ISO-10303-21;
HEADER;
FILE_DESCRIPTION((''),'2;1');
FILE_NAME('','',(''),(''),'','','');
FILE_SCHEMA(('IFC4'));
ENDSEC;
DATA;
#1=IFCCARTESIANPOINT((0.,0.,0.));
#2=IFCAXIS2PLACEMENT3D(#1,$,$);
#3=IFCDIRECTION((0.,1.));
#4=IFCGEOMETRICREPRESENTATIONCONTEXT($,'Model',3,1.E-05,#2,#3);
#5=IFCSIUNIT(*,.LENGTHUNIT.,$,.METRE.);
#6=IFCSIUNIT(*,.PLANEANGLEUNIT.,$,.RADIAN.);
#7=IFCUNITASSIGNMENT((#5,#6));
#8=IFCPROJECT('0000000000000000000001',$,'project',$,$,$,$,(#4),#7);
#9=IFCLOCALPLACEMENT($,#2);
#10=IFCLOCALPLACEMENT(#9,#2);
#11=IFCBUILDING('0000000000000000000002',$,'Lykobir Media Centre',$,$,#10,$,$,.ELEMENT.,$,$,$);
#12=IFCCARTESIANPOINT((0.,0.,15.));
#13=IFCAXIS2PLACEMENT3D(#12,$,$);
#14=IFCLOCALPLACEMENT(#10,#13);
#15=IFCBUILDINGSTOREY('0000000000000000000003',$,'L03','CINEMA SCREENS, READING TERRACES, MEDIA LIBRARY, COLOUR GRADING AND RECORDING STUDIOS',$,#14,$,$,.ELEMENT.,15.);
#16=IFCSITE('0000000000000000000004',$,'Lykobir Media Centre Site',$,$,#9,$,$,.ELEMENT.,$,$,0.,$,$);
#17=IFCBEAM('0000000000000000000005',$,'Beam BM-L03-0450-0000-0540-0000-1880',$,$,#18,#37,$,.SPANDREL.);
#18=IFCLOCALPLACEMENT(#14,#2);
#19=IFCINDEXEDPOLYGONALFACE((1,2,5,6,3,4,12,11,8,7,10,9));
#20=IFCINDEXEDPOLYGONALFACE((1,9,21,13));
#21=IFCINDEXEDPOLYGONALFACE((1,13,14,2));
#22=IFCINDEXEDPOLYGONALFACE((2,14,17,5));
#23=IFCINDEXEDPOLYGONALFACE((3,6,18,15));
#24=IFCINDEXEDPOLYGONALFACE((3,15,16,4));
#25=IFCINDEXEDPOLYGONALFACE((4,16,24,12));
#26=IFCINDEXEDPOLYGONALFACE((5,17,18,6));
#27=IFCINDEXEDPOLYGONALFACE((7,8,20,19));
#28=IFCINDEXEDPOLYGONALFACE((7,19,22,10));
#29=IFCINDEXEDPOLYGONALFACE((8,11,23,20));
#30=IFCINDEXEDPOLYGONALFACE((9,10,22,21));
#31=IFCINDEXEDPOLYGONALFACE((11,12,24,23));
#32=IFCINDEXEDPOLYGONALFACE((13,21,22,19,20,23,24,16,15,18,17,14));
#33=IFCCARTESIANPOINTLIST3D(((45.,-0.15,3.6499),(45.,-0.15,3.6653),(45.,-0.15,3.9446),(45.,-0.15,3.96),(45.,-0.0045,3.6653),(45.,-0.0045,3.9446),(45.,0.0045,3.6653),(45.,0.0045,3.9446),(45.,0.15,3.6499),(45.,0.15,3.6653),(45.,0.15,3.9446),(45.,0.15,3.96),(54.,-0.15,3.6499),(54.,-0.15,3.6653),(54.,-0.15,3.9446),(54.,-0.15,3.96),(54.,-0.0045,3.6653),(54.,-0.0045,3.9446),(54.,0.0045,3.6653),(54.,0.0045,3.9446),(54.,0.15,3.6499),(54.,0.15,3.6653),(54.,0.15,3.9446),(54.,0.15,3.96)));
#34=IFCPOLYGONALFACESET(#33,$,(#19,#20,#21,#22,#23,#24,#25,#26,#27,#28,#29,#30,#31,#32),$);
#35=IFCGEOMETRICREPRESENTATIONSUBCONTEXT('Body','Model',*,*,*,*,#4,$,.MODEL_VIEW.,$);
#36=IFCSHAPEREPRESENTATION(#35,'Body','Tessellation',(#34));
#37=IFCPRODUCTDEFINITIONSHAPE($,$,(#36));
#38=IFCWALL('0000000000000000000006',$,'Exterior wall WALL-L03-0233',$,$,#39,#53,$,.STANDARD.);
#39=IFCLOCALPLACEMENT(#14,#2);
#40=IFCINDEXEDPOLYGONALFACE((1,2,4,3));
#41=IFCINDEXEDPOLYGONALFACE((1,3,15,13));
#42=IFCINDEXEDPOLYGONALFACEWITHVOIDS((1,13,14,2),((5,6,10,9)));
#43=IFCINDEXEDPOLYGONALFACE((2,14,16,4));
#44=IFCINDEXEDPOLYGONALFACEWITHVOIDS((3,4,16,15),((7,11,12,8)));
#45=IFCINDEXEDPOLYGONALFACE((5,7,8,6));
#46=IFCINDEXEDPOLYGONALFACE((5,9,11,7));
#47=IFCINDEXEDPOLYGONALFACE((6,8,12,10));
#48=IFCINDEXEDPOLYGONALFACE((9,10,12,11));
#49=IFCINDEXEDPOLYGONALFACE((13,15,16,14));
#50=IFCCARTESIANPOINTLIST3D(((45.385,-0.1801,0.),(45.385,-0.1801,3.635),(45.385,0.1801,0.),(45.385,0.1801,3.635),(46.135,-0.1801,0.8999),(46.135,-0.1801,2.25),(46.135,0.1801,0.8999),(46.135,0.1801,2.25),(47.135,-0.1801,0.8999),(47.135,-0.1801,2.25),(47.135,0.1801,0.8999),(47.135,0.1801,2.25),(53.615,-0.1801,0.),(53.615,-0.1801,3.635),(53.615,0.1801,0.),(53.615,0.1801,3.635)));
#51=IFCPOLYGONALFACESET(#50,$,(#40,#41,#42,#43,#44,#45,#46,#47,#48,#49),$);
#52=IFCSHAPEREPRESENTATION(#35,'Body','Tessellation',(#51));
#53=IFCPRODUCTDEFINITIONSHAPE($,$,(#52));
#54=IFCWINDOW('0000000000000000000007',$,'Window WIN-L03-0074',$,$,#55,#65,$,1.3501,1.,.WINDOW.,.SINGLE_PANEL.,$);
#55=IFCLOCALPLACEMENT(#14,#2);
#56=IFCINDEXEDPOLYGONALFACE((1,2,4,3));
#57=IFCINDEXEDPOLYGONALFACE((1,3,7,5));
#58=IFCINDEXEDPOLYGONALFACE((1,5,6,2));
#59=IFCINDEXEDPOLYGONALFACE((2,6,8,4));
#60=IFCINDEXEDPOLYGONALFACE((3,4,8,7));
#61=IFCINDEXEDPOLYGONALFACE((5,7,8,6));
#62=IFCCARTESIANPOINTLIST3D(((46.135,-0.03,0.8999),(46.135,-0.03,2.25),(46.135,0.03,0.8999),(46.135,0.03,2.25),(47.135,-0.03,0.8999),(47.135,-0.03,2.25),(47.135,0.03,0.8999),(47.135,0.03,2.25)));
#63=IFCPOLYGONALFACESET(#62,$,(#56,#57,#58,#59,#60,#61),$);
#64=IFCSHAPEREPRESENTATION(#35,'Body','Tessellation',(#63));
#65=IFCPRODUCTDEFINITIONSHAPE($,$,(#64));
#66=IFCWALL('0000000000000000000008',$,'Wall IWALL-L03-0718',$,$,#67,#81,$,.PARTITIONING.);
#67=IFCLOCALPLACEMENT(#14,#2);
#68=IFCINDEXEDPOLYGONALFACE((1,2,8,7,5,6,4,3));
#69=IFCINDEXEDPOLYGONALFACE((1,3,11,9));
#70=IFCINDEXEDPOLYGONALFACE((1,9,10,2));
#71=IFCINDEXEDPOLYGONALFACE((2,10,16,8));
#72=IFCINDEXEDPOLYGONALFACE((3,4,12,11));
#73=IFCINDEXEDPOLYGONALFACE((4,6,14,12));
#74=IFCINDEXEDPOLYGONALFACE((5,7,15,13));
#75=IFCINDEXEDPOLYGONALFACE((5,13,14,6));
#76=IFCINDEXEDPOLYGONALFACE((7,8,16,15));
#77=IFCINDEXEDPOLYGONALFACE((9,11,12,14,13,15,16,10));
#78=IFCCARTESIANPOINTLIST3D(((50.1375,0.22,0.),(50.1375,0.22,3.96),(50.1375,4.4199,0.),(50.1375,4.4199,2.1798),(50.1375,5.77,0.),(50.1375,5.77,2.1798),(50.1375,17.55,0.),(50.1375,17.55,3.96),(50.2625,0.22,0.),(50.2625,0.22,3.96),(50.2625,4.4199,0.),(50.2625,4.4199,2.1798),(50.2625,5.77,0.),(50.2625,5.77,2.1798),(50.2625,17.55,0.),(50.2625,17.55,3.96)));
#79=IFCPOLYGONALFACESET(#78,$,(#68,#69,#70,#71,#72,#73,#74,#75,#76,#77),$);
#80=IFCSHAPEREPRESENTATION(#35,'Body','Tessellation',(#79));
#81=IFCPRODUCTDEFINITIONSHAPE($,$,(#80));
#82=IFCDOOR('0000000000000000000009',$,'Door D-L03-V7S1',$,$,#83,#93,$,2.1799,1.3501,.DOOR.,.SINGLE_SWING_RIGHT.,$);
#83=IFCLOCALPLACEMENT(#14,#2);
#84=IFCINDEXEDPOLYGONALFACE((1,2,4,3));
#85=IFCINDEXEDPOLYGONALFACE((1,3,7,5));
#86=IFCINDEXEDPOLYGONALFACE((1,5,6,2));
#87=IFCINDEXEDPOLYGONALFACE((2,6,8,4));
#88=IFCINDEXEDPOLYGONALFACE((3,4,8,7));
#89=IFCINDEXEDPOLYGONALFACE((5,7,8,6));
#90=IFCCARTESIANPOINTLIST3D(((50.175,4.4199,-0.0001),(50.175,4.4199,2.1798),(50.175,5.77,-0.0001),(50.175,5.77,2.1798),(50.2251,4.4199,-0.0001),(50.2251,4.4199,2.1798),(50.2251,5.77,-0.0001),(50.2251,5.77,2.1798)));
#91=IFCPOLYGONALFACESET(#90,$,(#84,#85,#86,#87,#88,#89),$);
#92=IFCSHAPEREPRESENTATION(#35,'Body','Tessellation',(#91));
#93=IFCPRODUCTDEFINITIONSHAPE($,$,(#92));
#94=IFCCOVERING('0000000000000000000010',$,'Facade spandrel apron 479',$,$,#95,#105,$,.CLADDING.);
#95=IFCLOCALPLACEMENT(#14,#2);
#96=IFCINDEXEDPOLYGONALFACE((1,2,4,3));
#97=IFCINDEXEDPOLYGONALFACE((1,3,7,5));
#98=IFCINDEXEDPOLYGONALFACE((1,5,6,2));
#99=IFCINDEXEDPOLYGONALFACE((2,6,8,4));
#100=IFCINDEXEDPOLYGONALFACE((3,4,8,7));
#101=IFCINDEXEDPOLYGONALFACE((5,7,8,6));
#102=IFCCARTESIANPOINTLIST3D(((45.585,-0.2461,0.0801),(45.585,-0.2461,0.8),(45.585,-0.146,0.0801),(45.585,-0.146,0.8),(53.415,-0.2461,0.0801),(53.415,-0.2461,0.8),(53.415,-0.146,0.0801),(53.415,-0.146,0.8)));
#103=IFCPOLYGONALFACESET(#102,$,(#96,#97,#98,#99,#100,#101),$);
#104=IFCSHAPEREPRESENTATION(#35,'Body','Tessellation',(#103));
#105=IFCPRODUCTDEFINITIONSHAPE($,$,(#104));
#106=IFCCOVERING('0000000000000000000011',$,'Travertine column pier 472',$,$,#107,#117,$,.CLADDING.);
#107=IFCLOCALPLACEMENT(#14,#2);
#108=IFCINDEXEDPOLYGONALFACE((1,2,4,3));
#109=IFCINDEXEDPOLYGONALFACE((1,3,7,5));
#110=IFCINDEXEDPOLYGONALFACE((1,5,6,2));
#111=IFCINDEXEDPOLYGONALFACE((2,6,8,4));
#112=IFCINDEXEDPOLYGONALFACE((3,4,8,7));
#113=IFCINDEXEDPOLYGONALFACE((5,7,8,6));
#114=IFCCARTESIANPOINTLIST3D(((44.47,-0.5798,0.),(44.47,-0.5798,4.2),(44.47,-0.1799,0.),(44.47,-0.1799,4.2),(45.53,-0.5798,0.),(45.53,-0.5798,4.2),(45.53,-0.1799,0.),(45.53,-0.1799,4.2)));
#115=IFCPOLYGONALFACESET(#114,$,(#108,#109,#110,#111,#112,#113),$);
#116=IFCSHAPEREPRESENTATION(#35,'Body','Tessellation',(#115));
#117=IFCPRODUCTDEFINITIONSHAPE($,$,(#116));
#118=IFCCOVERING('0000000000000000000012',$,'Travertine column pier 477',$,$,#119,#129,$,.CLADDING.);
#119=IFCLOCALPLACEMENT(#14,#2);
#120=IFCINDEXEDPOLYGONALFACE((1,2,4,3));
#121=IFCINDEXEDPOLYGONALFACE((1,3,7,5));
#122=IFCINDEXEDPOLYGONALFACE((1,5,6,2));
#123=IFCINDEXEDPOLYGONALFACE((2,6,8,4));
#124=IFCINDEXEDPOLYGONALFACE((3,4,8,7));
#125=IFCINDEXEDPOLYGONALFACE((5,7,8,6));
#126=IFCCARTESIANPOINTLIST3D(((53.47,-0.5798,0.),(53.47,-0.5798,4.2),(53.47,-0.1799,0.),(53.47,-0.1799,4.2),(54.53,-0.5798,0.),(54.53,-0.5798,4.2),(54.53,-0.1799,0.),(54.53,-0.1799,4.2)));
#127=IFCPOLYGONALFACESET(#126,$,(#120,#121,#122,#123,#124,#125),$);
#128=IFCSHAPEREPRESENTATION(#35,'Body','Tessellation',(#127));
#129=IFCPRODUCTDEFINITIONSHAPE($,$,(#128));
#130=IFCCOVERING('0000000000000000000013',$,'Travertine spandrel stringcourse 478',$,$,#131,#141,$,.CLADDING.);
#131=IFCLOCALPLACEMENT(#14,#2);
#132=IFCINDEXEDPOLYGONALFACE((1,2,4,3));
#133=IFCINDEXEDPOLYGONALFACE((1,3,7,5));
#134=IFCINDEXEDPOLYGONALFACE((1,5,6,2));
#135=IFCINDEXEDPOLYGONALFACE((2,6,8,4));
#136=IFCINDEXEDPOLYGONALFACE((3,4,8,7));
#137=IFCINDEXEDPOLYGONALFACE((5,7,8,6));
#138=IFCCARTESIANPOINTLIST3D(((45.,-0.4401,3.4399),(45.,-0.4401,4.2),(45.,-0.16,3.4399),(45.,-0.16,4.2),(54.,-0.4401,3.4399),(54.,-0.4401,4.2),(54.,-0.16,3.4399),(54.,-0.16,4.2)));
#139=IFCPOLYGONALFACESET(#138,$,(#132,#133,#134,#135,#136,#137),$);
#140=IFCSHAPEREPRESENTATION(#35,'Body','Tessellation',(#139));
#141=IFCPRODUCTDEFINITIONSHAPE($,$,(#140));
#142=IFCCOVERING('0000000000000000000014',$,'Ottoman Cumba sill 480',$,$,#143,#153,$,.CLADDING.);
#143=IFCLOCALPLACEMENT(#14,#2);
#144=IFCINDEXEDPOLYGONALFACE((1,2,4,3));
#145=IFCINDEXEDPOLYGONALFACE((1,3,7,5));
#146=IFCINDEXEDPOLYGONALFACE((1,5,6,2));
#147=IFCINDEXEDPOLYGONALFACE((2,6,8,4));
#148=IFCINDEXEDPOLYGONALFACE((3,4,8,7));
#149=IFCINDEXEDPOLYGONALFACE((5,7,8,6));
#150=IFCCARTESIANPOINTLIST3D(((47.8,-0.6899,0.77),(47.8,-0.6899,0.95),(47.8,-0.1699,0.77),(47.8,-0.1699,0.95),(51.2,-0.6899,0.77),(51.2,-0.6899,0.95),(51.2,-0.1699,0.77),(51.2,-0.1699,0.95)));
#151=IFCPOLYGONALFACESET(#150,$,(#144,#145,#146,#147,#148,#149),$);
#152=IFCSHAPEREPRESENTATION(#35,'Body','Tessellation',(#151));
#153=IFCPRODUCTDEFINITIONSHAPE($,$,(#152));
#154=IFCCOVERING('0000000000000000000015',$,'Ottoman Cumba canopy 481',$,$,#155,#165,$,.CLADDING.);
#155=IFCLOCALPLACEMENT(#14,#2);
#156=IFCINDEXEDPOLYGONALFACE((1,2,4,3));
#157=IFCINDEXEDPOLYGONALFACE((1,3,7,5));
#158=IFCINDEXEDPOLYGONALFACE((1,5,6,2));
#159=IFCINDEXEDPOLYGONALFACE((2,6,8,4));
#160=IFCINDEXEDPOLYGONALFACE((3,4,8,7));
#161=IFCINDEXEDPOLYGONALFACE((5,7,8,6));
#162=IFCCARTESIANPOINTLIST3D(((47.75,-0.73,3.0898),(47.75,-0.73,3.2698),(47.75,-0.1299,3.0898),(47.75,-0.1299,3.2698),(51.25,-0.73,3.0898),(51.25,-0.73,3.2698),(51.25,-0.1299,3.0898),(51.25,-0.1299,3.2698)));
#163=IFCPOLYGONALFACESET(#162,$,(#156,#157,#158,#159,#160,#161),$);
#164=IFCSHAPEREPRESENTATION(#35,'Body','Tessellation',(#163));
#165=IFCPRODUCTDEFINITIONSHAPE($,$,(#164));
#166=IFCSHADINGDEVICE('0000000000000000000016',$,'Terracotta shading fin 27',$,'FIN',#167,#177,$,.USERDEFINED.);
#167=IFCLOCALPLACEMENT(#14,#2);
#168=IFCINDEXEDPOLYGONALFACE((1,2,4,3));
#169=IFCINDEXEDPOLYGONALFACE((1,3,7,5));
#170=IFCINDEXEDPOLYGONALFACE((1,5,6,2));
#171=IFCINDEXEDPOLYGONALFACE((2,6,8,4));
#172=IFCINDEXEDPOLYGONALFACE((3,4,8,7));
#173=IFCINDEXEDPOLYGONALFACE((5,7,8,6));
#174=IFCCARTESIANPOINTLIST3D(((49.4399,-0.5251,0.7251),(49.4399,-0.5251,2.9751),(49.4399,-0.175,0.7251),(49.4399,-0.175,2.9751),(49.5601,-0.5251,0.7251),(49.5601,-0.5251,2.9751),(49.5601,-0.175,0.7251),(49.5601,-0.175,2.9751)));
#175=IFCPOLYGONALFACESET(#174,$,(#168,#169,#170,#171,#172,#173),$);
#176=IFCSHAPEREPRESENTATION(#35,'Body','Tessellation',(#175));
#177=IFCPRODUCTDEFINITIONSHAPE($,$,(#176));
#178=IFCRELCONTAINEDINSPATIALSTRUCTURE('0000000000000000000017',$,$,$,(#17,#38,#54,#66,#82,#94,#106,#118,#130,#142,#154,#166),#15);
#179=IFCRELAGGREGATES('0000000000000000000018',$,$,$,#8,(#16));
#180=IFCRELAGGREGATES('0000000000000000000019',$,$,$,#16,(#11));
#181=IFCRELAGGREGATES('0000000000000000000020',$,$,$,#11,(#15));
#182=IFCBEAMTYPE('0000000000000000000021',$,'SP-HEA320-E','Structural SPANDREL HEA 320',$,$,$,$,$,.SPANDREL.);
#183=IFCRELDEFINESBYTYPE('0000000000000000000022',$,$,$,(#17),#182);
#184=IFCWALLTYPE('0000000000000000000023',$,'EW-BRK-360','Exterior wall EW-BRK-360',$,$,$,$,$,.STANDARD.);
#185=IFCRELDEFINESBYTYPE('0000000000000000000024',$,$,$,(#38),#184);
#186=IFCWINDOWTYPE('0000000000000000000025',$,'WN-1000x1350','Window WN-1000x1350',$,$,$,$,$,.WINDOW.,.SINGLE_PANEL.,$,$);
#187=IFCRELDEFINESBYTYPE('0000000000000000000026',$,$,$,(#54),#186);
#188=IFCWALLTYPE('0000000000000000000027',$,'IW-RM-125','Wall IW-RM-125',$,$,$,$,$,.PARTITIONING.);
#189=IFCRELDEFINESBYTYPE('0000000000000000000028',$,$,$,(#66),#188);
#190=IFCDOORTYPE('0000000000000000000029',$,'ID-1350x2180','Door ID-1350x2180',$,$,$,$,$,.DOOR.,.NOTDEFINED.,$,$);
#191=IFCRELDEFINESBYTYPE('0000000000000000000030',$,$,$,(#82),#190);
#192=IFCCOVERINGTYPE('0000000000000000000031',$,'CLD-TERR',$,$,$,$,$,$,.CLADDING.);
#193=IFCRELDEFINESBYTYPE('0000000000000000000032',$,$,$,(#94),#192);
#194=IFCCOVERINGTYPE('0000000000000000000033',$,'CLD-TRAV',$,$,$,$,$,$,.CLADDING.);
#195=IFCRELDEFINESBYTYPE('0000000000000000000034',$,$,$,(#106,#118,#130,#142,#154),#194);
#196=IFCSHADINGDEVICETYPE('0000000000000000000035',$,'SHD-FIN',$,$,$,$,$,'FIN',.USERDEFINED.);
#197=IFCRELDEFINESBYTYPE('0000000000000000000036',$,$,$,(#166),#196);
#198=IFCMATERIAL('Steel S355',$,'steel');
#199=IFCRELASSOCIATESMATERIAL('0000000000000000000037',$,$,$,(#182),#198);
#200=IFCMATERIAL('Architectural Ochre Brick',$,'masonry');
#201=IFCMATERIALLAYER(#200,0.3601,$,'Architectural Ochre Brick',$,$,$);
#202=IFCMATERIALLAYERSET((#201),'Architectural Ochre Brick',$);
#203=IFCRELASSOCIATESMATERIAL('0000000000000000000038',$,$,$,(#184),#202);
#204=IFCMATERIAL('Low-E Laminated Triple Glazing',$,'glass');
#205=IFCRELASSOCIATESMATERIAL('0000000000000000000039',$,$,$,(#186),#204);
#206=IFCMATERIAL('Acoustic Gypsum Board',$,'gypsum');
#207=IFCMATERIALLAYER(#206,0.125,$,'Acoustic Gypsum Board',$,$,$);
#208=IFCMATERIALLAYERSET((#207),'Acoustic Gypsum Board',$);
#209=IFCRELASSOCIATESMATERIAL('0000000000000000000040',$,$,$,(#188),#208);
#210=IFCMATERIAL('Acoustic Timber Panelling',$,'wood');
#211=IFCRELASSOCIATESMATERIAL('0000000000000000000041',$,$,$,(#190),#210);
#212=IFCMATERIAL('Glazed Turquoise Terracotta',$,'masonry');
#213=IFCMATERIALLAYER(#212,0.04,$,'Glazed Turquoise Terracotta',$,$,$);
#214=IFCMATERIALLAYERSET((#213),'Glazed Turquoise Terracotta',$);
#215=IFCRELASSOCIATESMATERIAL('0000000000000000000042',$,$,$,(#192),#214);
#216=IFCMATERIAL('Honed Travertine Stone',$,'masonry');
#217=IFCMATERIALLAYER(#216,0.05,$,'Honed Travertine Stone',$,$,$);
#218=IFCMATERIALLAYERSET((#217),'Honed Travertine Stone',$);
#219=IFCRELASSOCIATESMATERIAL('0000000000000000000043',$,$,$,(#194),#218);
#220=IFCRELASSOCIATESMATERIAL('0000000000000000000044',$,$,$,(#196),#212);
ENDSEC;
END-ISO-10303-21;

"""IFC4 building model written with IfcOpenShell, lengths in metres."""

from ifc_helpers import new_model, si_unit, direction, frame, frame_2d, origin, origin_2d, place, context, subcontext, project, spatial, rectangle, i_section, extrude, material, layer, layer_set, material_profile, profile_set, type_object, element, fill, save


model = new_model("IFC4")

# Units and contexts
model_context = context("Model", 3, precision=1e-05, world=origin(), true_north=direction((0.0, 1.0)))
body_context = subcontext(model_context, "Body", "Model", "MODEL_VIEW")
ifc_project = project(units=[si_unit("LENGTHUNIT", "METRE"), si_unit("PLANEANGLEUNIT", "RADIAN")], contexts=[model_context])

# Site, building, storey
site_placement = place(None, origin())
site = spatial("IfcSite", under=ifc_project, at=site_placement, Name="Lykobir Media Centre Site", CompositionType="ELEMENT", RefElevation=0.0)
building_placement = place(site_placement, origin())
building = spatial("IfcBuilding", under=site, at=building_placement, Name="Lykobir Media Centre", CompositionType="ELEMENT")
storey_placement = place(building_placement, frame((0.0, 0.0, 15.0)))
storey = spatial("IfcBuildingStorey", under=building, at=storey_placement, Name="L03", Description="CINEMA SCREENS, READING TERRACES, MEDIA LIBRARY, COLOUR GRADING AND RECORDING STUDIOS", CompositionType="ELEMENT", Elevation=15.0)

# Shared definitions
ifc_material_1 = material(Name="Steel S355", Category="steel")

# Beam
ifc_material_profile_1 = material_profile(ifc_material_1, i_section(OverallWidth=0.3, OverallDepth=0.3101, WebThickness=0.009, FlangeThickness=0.0154, at=origin_2d()), Name="HEA 320")
ifc_profile_set_1 = profile_set([ifc_material_profile_1], Name="Steel S355")
beam_type_1 = type_object("IfcBeamType", Name="SP-HEA320-E", Description="Structural SPANDREL HEA 320", PredefinedType="SPANDREL", material=ifc_profile_set_1)
beam_1_placement = place(storey_placement, frame((45.0, 0.0, 3.8049), z_axis=(1.0, 0.0, 0.0), x_axis=(0.0, 1.0, 0.0)))
element("IfcBeam", 1, at=beam_1_placement, inside=storey, type_object=beam_type_1, Name="Beam BM-L03-0450-0000-0540-0000-1880", PredefinedType="SPANDREL", context=body_context, shape_type="SweptSolid", body=[
    extrude(i_section(OverallWidth=0.3, OverallDepth=0.3101, WebThickness=0.009, FlangeThickness=0.0154, at=origin_2d()), origin(), (0.0, 0.0, 1.0), 9.0),
])

# Wall, opening, window
ifc_material_2 = material(Name="Architectural Ochre Brick", Category="masonry")
ifc_layer_1 = layer(ifc_material_2, 0.3601, Name="Architectural Ochre Brick")
ifc_layer_set_1 = layer_set([ifc_layer_1], Name="Architectural Ochre Brick")
wall_type_1 = type_object("IfcWallType", Name="EW-BRK-360", Description="Exterior wall EW-BRK-360", PredefinedType="STANDARD", material=ifc_layer_set_1)
wall_1_placement = place(storey_placement, frame((45.385, 0.0, 0.0), z_axis=(0.0, 0.0, 1.0), x_axis=(1.0, 0.0, 0.0)))
wall_1 = element("IfcWall", 2, at=wall_1_placement, inside=storey, type_object=wall_type_1, Name="Exterior wall WALL-L03-0233", PredefinedType="STANDARD", context=body_context, shape_type="SweptSolid", body=[
    extrude(rectangle(XDim=8.23, YDim=0.3601, at=frame_2d((4.115, 0.0))), origin(), (0.0, 0.0, 1.0), 3.635),
])
opening_1_placement = place(wall_1_placement, frame((0.75, 0.0, 0.8999)))
opening_1 = element("IfcOpeningElement", 3, at=opening_1_placement, cuts=wall_1, PredefinedType="OPENING", context=body_context, shape_type="SweptSolid", body=[
    extrude(rectangle(XDim=1.0, YDim=1.3501, at=frame_2d((0.5, 0.675))), frame((0.0, 0.1899, 0.0), z_axis=(0.0, -1.0, 0.0), x_axis=(1.0, 0.0, 0.0)), (0.0, 0.0, 1.0), 0.3801),
])
ifc_material_3 = material(Name="Low-E Laminated Triple Glazing", Category="glass")
window_type = type_object("IfcWindowType", Name="WN-1000x1350", Description="Window WN-1000x1350", PartitioningType="SINGLE_PANEL", PredefinedType="WINDOW", material=ifc_material_3)
window_placement = place(opening_1_placement, origin())
window = element("IfcWindow", 4, at=window_placement, inside=storey, type_object=window_type, Name="Window WIN-L03-0074", OverallHeight=1.3501, OverallWidth=1.0, PartitioningType="SINGLE_PANEL", PredefinedType="WINDOW", context=body_context, shape_type="SweptSolid", body=[
    extrude(rectangle(XDim=1.0, YDim=1.3501, at=frame_2d((0.5, 0.675))), frame((0.0, 0.03, 0.0), z_axis=(0.0, -1.0, 0.0), x_axis=(1.0, 0.0, 0.0)), (0.0, 0.0, 1.0), 0.0601),
])
fill(opening_1, window)

# Wall, opening, door
ifc_material_4 = material(Name="Acoustic Gypsum Board", Category="gypsum")
ifc_layer_2 = layer(ifc_material_4, 0.125, Name="Acoustic Gypsum Board")
ifc_layer_set_2 = layer_set([ifc_layer_2], Name="Acoustic Gypsum Board")
wall_type_2 = type_object("IfcWallType", Name="IW-RM-125", Description="Wall IW-RM-125", PredefinedType="PARTITIONING", material=ifc_layer_set_2)
wall_2_placement = place(storey_placement, frame((50.2, 0.22, 0.0), z_axis=(0.0, 0.0, 1.0), x_axis=(0.0, 1.0, 0.0)))
wall_2 = element("IfcWall", 5, at=wall_2_placement, inside=storey, type_object=wall_type_2, Name="Wall IWALL-L03-0718", PredefinedType="PARTITIONING", context=body_context, shape_type="SweptSolid", body=[
    extrude(rectangle(XDim=17.3301, YDim=0.125, at=frame_2d((8.665, 0.0))), origin(), (0.0, 0.0, 1.0), 3.96),
])
opening_2_placement = place(wall_2_placement, frame((4.2, 0.0, 0.0)))
opening_2 = element("IfcOpeningElement", 6, at=opening_2_placement, cuts=wall_2, PredefinedType="OPENING", context=body_context, shape_type="SweptSolid", body=[
    extrude(rectangle(XDim=1.3501, YDim=2.1799, at=frame_2d((0.675, 1.0898))), frame((0.0, 0.0725, 0.0), z_axis=(0.0, -1.0, 0.0), x_axis=(1.0, 0.0, 0.0)), (0.0, 0.0, 1.0), 0.145),
])
ifc_material_5 = material(Name="Acoustic Timber Panelling", Category="wood")
door_type = type_object("IfcDoorType", Name="ID-1350x2180", Description="Door ID-1350x2180", OperationType="NOTDEFINED", PredefinedType="DOOR", material=ifc_material_5)
door_placement = place(opening_2_placement, origin())
door = element("IfcDoor", 7, at=door_placement, inside=storey, type_object=door_type, Name="Door D-L03-V7S1", OperationType="SINGLE_SWING_RIGHT", OverallHeight=2.1799, OverallWidth=1.3501, PredefinedType="DOOR", context=body_context, shape_type="SweptSolid", body=[
    extrude(rectangle(XDim=1.3501, YDim=2.1799, at=frame_2d((0.675, 1.0898))), frame((0.0, 0.0249, 0.0), z_axis=(0.0, -1.0, 0.0), x_axis=(1.0, 0.0, 0.0)), (0.0, 0.0, 1.0), 0.05),
])
fill(opening_2, door)

# Coverings
ifc_material_6 = material(Name="Glazed Turquoise Terracotta", Category="masonry")
ifc_layer_3 = layer(ifc_material_6, 0.04, Name="Glazed Turquoise Terracotta")
ifc_layer_set_3 = layer_set([ifc_layer_3], Name="Glazed Turquoise Terracotta")
covering_type_1 = type_object("IfcCoveringType", Name="CLD-TERR", PredefinedType="CLADDING", material=ifc_layer_set_3)
covering_1_placement = place(storey_placement, frame((49.5, -0.196, 0.0801), z_axis=(0.0, 0.0, 1.0), x_axis=(1.0, 0.0, 0.0)))
element("IfcCovering", 8, at=covering_1_placement, inside=storey, type_object=covering_type_1, Name="Facade spandrel apron 479", PredefinedType="CLADDING", context=body_context, shape_type="SweptSolid", body=[
    extrude(rectangle(XDim=7.8301, YDim=0.1001, at=origin_2d()), origin(), (0.0, 0.0, 1.0), 0.72),
])
ifc_material_7 = material(Name="Honed Travertine Stone", Category="masonry")
ifc_layer_4 = layer(ifc_material_7, 0.05, Name="Honed Travertine Stone")
ifc_layer_set_4 = layer_set([ifc_layer_4], Name="Honed Travertine Stone")
covering_type_2 = type_object("IfcCoveringType", Name="CLD-TRAV", PredefinedType="CLADDING", material=ifc_layer_set_4)
for number, where, z_axis, x_axis, name in (
    (9, (45.0, -0.3799, 0.0), (0.0, 0.0, 1.0), (1.0, 0.0, 0.0), "Travertine column pier 472"),
    (10, (54.0, -0.3799, 0.0), (0.0, 0.0, 1.0), (1.0, 0.0, 0.0), "Travertine column pier 477"),
):
    element("IfcCovering", number, at=place(storey_placement, frame(where, z_axis=z_axis, x_axis=x_axis)), inside=storey, type_object=covering_type_2, Name=name, PredefinedType="CLADDING", context=body_context, shape_type="SweptSolid", body=[
        extrude(rectangle(XDim=1.0601, YDim=0.3999, at=origin_2d()), origin(), (0.0, 0.0, 1.0), 4.2),
    ])
covering_2_placement = place(storey_placement, frame((49.5, -0.3, 3.4399), z_axis=(0.0, 0.0, 1.0), x_axis=(1.0, 0.0, 0.0)))
element("IfcCovering", 11, at=covering_2_placement, inside=storey, type_object=covering_type_2, Name="Travertine spandrel stringcourse 478", PredefinedType="CLADDING", context=body_context, shape_type="SweptSolid", body=[
    extrude(rectangle(XDim=9.0, YDim=0.28, at=origin_2d()), origin(), (0.0, 0.0, 1.0), 0.76),
])
covering_3_placement = place(storey_placement, frame((49.5, -0.4299, 0.77), z_axis=(0.0, 0.0, 1.0), x_axis=(1.0, 0.0, 0.0)))
element("IfcCovering", 12, at=covering_3_placement, inside=storey, type_object=covering_type_2, Name="Ottoman Cumba sill 480", PredefinedType="CLADDING", context=body_context, shape_type="SweptSolid", body=[
    extrude(rectangle(XDim=3.3999, YDim=0.52, at=origin_2d()), origin(), (0.0, 0.0, 1.0), 0.1799),
])
covering_4_placement = place(storey_placement, frame((49.5, -0.4299, 3.0898), z_axis=(0.0, 0.0, 1.0), x_axis=(1.0, 0.0, 0.0)))
element("IfcCovering", 13, at=covering_4_placement, inside=storey, type_object=covering_type_2, Name="Ottoman Cumba canopy 481", PredefinedType="CLADDING", context=body_context, shape_type="SweptSolid", body=[
    extrude(rectangle(XDim=3.5, YDim=0.6001, at=origin_2d()), origin(), (0.0, 0.0, 1.0), 0.1799),
])

# Shading device
shading_device_type = type_object("IfcShadingDeviceType", Name="SHD-FIN", ElementType="FIN", PredefinedType="USERDEFINED", material=ifc_material_6)
shading_device_placement = place(storey_placement, frame((49.5, -0.3501, 0.7251), z_axis=(0.0, 0.0, 1.0), x_axis=(1.0, 0.0, 0.0)))
element("IfcShadingDevice", 14, at=shading_device_placement, inside=storey, type_object=shading_device_type, Name="Terracotta shading fin 27", ObjectType="FIN", PredefinedType="USERDEFINED", context=body_context, shape_type="SweptSolid", body=[
    extrude(rectangle(XDim=0.1201, YDim=0.3501, at=origin_2d()), origin(), (0.0, 0.0, 1.0), 2.25),
])

save(model, "model.ifc")
